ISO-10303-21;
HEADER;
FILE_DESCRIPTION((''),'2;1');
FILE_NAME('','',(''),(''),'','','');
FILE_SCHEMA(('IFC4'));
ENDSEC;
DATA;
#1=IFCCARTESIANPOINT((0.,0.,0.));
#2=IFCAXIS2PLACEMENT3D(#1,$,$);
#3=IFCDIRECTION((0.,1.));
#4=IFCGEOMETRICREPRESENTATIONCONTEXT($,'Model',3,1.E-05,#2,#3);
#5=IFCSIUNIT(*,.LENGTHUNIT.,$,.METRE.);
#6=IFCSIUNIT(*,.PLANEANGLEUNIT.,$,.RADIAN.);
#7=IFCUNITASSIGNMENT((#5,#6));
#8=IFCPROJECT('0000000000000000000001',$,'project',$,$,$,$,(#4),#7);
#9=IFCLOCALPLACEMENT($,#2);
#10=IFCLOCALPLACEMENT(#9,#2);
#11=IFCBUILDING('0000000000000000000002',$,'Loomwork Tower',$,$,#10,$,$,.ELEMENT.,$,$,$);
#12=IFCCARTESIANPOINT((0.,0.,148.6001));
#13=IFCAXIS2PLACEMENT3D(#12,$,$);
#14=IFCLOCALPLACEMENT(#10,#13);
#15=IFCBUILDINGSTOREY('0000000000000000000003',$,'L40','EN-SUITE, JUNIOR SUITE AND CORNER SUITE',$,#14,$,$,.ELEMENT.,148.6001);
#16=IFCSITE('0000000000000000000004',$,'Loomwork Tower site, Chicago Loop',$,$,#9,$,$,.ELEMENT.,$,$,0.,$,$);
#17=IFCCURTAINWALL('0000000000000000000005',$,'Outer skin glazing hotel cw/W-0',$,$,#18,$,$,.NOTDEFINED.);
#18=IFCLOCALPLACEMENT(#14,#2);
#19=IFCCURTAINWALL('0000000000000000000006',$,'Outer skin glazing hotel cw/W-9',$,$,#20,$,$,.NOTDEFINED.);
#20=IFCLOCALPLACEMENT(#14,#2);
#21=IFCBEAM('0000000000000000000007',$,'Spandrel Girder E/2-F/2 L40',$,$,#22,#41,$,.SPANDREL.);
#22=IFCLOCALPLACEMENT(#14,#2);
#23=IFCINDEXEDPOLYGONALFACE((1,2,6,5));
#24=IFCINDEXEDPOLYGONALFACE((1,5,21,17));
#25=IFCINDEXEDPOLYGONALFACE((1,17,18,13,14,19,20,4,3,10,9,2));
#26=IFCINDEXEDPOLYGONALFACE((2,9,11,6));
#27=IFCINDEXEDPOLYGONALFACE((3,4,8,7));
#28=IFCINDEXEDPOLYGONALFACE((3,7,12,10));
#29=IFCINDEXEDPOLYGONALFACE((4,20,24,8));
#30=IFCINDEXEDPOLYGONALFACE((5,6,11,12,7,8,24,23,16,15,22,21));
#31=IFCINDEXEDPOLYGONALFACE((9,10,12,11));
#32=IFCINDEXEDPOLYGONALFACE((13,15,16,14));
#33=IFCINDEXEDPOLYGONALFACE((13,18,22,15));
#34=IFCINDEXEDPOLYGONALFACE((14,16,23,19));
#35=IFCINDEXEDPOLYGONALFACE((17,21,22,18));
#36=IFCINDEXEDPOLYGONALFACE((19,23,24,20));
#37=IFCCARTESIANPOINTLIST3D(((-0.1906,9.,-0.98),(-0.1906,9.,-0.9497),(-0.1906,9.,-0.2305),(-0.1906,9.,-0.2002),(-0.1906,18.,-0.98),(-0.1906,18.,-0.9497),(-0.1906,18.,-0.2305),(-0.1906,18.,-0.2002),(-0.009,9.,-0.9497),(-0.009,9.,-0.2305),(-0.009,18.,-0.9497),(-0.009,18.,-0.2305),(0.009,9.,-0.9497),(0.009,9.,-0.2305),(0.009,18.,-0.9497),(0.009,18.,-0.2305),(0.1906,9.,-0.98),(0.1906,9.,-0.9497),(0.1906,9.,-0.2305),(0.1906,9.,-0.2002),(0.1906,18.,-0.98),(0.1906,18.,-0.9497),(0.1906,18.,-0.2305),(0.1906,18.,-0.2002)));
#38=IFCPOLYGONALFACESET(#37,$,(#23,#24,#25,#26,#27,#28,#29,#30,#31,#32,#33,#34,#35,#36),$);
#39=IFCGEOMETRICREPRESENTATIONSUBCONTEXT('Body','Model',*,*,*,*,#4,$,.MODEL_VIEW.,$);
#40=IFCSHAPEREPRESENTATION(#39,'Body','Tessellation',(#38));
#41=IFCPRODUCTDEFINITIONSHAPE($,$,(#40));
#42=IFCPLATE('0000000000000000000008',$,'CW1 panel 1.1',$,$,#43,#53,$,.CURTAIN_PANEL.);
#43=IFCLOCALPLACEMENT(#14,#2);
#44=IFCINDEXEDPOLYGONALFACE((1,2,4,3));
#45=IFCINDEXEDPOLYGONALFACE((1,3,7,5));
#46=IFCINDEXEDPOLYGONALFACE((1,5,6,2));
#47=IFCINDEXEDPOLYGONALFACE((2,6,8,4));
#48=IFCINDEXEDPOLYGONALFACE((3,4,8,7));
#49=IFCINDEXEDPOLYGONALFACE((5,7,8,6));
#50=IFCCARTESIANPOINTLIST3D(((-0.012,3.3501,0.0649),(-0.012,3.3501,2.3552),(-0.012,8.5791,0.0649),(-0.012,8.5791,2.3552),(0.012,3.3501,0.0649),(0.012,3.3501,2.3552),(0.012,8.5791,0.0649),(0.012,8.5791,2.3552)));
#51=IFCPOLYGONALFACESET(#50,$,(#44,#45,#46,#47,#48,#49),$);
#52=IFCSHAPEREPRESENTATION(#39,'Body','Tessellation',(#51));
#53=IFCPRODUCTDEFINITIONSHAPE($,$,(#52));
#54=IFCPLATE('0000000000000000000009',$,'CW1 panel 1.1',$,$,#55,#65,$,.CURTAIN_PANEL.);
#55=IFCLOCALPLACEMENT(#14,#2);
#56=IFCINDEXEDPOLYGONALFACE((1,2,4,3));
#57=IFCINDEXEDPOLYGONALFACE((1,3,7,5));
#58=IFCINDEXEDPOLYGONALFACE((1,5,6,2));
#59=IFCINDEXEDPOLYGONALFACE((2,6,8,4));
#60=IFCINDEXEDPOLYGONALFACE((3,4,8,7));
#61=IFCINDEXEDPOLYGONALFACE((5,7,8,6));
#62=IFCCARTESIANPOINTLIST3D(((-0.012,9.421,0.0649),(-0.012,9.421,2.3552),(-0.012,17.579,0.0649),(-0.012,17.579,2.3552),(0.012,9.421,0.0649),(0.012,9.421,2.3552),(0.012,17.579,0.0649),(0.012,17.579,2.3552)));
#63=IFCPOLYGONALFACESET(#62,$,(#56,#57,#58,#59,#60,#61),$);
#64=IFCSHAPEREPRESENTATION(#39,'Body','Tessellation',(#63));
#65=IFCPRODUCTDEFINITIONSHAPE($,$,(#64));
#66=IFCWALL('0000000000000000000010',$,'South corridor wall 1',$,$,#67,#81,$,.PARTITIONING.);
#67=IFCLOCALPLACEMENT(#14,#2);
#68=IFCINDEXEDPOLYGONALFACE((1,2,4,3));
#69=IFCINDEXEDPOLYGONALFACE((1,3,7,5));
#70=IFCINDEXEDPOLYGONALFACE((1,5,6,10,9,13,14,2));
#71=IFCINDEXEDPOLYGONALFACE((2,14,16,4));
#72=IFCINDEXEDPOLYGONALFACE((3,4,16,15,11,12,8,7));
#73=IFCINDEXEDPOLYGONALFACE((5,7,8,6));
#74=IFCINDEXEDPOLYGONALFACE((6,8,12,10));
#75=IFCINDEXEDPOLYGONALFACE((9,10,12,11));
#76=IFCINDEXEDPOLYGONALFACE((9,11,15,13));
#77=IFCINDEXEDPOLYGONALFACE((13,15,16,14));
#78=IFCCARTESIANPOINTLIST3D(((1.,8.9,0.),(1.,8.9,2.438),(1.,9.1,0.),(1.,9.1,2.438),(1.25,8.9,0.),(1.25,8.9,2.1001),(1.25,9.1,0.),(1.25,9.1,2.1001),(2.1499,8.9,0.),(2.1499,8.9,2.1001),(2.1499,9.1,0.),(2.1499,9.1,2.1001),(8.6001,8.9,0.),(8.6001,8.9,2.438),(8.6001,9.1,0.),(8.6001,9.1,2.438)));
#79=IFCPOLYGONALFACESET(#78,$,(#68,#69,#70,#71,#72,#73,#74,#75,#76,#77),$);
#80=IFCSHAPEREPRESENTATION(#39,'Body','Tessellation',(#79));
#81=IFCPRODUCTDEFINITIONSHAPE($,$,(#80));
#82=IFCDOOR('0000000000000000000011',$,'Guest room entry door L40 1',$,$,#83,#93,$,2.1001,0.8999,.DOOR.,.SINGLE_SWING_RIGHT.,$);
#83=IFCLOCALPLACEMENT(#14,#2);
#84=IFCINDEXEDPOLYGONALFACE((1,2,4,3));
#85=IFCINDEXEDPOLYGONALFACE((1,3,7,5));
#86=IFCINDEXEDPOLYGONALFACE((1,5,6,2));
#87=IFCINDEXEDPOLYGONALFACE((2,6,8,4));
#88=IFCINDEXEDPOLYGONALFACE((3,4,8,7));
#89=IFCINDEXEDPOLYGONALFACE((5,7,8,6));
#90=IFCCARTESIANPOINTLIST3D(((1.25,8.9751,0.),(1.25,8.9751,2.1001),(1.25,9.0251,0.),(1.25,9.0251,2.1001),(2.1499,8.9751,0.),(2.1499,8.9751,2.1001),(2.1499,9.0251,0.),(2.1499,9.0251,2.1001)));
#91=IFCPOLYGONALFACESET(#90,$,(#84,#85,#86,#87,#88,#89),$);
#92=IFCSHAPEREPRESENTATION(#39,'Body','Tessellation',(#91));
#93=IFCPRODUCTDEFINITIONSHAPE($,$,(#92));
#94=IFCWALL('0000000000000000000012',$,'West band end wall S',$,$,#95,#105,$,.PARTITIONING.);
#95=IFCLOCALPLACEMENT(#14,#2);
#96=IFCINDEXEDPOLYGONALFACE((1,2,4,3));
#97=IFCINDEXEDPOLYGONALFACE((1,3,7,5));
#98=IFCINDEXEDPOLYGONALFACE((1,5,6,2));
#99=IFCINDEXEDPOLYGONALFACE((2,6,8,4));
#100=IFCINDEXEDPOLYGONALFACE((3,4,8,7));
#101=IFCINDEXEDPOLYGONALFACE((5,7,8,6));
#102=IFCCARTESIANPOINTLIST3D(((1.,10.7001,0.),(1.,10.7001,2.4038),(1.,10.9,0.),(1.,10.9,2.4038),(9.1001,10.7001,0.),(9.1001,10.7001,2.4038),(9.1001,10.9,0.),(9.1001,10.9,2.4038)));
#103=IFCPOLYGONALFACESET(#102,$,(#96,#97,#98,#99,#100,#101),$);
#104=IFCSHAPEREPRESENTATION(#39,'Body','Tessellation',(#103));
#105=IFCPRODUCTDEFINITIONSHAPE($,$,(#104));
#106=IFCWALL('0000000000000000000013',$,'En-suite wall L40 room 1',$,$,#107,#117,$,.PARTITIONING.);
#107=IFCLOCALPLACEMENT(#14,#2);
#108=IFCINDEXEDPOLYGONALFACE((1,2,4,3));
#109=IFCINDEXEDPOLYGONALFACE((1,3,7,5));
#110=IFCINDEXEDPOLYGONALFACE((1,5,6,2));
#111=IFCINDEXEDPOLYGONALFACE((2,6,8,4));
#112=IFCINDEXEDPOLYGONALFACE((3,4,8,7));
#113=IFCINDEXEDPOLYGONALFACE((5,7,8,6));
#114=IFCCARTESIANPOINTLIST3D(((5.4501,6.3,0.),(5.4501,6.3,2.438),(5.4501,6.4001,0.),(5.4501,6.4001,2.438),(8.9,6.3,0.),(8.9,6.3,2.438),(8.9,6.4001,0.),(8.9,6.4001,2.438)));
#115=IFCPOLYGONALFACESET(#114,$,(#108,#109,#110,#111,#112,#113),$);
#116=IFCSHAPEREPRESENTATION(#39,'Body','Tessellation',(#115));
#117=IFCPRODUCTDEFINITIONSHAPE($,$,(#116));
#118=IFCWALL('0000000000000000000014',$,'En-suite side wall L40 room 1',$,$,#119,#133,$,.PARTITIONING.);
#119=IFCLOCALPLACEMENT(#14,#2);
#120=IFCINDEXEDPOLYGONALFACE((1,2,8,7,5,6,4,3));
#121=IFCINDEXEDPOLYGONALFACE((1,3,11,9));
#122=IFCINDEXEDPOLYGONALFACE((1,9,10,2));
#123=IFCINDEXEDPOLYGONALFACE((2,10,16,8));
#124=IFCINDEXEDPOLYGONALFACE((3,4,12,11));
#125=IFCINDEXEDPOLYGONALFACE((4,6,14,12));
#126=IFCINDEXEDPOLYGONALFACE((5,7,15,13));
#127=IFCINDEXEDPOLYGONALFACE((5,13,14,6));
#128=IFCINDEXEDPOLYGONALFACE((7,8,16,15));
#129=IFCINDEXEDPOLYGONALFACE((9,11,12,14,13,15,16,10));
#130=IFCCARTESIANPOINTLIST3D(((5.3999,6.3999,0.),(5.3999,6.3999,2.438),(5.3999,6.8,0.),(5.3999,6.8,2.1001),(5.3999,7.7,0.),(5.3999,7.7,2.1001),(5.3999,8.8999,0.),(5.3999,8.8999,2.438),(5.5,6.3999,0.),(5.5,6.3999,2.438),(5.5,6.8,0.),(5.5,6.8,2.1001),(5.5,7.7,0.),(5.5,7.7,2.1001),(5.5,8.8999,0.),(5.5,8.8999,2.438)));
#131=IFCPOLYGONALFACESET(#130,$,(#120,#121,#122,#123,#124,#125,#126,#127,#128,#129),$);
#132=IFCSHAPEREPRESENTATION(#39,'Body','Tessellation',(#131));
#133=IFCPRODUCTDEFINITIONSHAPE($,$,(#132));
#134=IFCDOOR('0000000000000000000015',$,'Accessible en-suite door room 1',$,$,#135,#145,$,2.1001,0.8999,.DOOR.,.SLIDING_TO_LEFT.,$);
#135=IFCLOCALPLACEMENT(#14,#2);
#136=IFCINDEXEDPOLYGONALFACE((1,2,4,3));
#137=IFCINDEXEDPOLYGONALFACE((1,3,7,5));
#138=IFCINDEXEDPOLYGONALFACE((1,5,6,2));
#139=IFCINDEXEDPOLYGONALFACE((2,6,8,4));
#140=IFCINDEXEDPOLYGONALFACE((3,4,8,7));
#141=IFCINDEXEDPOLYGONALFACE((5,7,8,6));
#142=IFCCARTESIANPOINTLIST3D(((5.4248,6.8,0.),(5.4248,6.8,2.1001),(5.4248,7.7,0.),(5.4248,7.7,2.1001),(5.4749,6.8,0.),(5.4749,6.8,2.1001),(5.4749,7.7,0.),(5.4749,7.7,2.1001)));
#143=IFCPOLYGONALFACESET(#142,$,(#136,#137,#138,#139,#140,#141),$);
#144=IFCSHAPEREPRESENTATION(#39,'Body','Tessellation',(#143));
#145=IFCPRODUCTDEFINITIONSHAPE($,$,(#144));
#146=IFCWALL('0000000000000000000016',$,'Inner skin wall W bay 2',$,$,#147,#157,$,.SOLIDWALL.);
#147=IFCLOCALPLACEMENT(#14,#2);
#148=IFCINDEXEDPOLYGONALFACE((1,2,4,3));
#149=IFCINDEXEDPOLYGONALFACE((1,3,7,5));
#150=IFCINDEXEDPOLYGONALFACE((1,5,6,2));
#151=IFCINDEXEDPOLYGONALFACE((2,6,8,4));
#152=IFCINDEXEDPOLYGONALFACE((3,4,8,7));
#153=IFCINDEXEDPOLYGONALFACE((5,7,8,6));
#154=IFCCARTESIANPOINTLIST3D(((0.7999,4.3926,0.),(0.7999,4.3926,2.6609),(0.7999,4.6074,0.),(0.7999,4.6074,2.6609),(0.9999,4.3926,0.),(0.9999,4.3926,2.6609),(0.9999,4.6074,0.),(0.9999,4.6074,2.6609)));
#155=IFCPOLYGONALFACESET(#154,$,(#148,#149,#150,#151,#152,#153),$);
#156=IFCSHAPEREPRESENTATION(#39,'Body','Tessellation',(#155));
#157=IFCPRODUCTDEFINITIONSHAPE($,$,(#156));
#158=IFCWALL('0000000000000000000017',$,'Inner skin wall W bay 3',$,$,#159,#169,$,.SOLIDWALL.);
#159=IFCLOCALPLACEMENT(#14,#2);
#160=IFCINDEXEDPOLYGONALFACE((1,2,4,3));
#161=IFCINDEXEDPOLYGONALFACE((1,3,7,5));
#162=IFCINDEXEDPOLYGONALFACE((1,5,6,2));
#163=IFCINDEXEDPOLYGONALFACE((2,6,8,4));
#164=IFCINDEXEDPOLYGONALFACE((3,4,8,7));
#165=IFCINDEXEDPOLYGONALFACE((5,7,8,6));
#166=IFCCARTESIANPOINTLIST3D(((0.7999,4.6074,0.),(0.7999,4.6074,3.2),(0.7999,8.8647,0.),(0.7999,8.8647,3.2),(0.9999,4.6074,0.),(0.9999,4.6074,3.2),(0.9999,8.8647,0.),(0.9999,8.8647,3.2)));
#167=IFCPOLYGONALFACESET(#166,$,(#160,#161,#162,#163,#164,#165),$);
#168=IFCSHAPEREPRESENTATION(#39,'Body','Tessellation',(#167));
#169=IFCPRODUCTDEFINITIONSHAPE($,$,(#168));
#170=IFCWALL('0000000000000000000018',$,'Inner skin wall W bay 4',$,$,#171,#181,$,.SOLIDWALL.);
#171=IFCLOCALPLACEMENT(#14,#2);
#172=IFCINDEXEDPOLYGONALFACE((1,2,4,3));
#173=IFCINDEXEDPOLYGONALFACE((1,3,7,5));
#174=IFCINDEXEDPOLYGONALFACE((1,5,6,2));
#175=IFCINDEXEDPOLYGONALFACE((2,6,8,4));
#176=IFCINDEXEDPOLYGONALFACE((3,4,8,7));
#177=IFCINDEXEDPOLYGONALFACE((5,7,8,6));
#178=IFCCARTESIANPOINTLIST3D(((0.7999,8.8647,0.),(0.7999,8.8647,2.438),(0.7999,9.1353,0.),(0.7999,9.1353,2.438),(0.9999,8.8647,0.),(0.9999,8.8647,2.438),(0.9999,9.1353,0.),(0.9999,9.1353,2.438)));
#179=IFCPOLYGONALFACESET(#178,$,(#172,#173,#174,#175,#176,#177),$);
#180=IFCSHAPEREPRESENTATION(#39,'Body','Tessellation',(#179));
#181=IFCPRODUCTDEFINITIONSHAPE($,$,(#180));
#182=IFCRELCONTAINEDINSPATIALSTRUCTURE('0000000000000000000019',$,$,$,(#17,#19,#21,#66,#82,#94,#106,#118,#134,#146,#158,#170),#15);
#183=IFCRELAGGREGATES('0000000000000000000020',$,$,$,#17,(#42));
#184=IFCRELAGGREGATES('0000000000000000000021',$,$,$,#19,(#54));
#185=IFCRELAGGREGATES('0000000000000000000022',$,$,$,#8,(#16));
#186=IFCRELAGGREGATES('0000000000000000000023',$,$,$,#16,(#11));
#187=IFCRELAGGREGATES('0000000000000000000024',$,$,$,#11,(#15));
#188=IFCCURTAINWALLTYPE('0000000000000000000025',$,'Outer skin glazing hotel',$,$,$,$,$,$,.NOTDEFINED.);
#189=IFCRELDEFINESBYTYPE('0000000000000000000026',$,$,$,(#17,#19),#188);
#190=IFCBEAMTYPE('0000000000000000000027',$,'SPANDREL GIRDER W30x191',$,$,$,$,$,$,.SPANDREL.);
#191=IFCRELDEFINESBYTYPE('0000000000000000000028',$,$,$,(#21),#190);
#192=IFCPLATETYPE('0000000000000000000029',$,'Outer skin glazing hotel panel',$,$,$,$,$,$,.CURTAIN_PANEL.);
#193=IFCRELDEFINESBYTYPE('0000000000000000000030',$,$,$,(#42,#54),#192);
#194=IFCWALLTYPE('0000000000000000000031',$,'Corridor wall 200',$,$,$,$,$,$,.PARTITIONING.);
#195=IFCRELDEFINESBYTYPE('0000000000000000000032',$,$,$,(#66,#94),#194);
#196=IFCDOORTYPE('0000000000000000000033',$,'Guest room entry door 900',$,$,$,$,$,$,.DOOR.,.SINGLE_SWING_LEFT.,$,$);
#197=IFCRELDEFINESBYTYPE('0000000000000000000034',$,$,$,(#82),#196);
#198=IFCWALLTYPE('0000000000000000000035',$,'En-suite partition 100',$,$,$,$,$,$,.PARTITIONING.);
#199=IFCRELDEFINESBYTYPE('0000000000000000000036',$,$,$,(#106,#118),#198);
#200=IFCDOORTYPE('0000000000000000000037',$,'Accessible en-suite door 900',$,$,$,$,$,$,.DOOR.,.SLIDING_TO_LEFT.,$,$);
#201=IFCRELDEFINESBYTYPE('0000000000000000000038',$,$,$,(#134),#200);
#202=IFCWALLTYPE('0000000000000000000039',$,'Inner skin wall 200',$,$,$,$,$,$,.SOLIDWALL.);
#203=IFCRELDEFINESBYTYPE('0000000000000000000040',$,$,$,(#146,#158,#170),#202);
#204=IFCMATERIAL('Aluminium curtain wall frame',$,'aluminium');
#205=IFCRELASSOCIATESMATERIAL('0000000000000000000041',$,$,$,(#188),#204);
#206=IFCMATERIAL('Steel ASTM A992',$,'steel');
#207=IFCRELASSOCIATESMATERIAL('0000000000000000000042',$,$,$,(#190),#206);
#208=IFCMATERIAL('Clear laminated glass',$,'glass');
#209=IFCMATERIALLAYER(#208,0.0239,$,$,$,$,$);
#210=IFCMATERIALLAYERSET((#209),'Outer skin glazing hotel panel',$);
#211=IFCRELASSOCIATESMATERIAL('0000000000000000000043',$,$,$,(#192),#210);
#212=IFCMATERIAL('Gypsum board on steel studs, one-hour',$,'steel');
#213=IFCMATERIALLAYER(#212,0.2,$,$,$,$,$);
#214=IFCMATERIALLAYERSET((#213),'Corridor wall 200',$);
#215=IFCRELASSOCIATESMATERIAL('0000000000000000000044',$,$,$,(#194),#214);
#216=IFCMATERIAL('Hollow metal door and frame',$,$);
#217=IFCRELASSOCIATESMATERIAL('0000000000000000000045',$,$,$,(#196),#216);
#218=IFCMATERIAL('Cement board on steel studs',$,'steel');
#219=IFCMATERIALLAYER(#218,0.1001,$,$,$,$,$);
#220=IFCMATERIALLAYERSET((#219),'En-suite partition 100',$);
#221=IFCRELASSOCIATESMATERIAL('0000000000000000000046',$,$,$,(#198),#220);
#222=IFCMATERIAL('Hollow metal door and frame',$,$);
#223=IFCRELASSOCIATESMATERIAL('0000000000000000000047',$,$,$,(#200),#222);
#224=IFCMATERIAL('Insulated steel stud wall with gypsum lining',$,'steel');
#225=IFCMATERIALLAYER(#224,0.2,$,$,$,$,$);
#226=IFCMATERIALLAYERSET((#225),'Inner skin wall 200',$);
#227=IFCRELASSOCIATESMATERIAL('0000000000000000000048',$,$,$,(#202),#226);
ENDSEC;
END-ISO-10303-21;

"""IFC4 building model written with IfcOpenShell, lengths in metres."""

from ifc_helpers import new_model, si_unit, direction, frame, frame_2d, origin, origin_2d, place, context, subcontext, project, spatial, rectangle, i_section, extrude, material, layer, layer_set, material_profile, profile_set, type_object, element, fill, aggregate, save


model = new_model("IFC4")

# Units and contexts
model_context = context("Model", 3, precision=1e-05, world=origin(), true_north=direction((0.0, 1.0)))
body_context = subcontext(model_context, "Body", "Model", "MODEL_VIEW")
ifc_project = project(units=[si_unit("LENGTHUNIT", "METRE"), si_unit("PLANEANGLEUNIT", "RADIAN")], contexts=[model_context])

# Site, building, storey
site_placement = place(None, origin())
site = spatial("IfcSite", under=ifc_project, at=site_placement, Name="Loomwork Tower site, Chicago Loop", CompositionType="ELEMENT", RefElevation=0.0)
building_placement = place(site_placement, origin())
building = spatial("IfcBuilding", under=site, at=building_placement, Name="Loomwork Tower", CompositionType="ELEMENT")
storey_placement = place(building_placement, frame((0.0, 0.0, 148.6001)))
storey = spatial("IfcBuildingStorey", under=building, at=storey_placement, Name="L40", Description="EN-SUITE, JUNIOR SUITE AND CORNER SUITE", CompositionType="ELEMENT", Elevation=148.6001)

# Curtain wall
ifc_material_1 = material(Name="Aluminium curtain wall frame", Category="aluminium")
curtain_wall_type = type_object("IfcCurtainWallType", Name="Outer skin glazing hotel", PredefinedType="NOTDEFINED", material=ifc_material_1)
curtain_wall_1_placement = place(storey_placement, origin())
curtain_wall_1 = element("IfcCurtainWall", 1, at=curtain_wall_1_placement, inside=storey, type_object=curtain_wall_type, Name="Outer skin glazing hotel cw/W-0", PredefinedType="NOTDEFINED")

# Curtain wall
curtain_wall_2_placement = place(storey_placement, origin())
curtain_wall_2 = element("IfcCurtainWall", 2, at=curtain_wall_2_placement, inside=storey, type_object=curtain_wall_type, Name="Outer skin glazing hotel cw/W-9", PredefinedType="NOTDEFINED")

# Beam
ifc_material_2 = material(Name="Steel ASTM A992", Category="steel")
ifc_material_profile_1 = material_profile(ifc_material_2, i_section(OverallWidth=0.3811, OverallDepth=0.7798, WebThickness=0.0181, FlangeThickness=0.0303, at=origin_2d()), Name="W30x191")
ifc_profile_set_1 = profile_set([ifc_material_profile_1], Name="Steel ASTM A992")
beam_type_1 = type_object("IfcBeamType", Name="SPANDREL GIRDER W30x191", PredefinedType="SPANDREL", material=ifc_profile_set_1)
beam_1_placement = place(storey_placement, frame((0.0, 9.0, -0.5901), z_axis=(0.0, 1.0, 0.0), x_axis=(-1.0, 0.0, 0.0)))
element("IfcBeam", 3, at=beam_1_placement, inside=storey, type_object=beam_type_1, Name="Spandrel Girder E/2-F/2 L40", PredefinedType="SPANDREL", context=body_context, shape_type="SweptSolid", body=[
    extrude(i_section(OverallWidth=0.3811, OverallDepth=0.7798, WebThickness=0.0181, FlangeThickness=0.0303, at=origin_2d()), origin(), (0.0, 0.0, 1.0), 9.0),
])

# Plates
ifc_material_3 = material(Name="Clear laminated glass", Category="glass")
ifc_layer_1 = layer(ifc_material_3, 0.0239)
ifc_layer_set_1 = layer_set([ifc_layer_1], Name="Outer skin glazing hotel panel")
plate_type = type_object("IfcPlateType", Name="Outer skin glazing hotel panel", PredefinedType="CURTAIN_PANEL", material=ifc_layer_set_1)
plate_1_placement = place(storey_placement, frame((0.0, 5.9646, 0.0649), z_axis=(0.0, 0.0, 1.0), x_axis=(0.0, -1.0, 0.0)))
plate_1 = element("IfcPlate", 4, at=plate_1_placement, type_object=plate_type, Name="CW1 panel 1.1", PredefinedType="CURTAIN_PANEL", context=body_context, shape_type="SweptSolid", body=[
    extrude(rectangle(XDim=5.229, YDim=0.0239, at=origin_2d()), origin(), (0.0, 0.0, 1.0), 2.2903),
])
aggregate(curtain_wall_1, [plate_1])
plate_2_placement = place(storey_placement, frame((0.0, 13.5, 0.0649), z_axis=(0.0, 0.0, 1.0), x_axis=(0.0, -1.0, 0.0)))
plate_2 = element("IfcPlate", 5, at=plate_2_placement, type_object=plate_type, Name="CW1 panel 1.1", PredefinedType="CURTAIN_PANEL", context=body_context, shape_type="SweptSolid", body=[
    extrude(rectangle(XDim=8.158, YDim=0.0239, at=origin_2d()), origin(), (0.0, 0.0, 1.0), 2.2903),
])
aggregate(curtain_wall_2, [plate_2])

# Wall, opening, door
ifc_material_4 = material(Name="Gypsum board on steel studs, one-hour", Category="steel")
ifc_layer_2 = layer(ifc_material_4, 0.2)
ifc_layer_set_2 = layer_set([ifc_layer_2], Name="Corridor wall 200")
wall_type_1 = type_object("IfcWallType", Name="Corridor wall 200", PredefinedType="PARTITIONING", material=ifc_layer_set_2)
wall_1_placement = place(storey_placement, frame((1.0, 9.0, 0.0), z_axis=(0.0, 0.0, 1.0), x_axis=(1.0, 0.0, 0.0)))
wall_1 = element("IfcWall", 6, at=wall_1_placement, inside=storey, type_object=wall_type_1, Name="South corridor wall 1", PredefinedType="PARTITIONING", context=body_context, shape_type="SweptSolid", body=[
    extrude(rectangle(XDim=7.6001, YDim=0.2, at=frame_2d((3.8, 0.0))), origin(), (0.0, 0.0, 1.0), 2.438),
])
opening_1_placement = place(wall_1_placement, frame((0.25, 0.0, 0.0)))
opening_1 = element("IfcOpeningElement", 7, at=opening_1_placement, cuts=wall_1, PredefinedType="OPENING", context=body_context, shape_type="SweptSolid", body=[
    extrude(rectangle(XDim=0.8999, YDim=2.1001, at=frame_2d((0.45, 1.05))), frame((0.0, 0.1099, 0.0), z_axis=(0.0, -1.0, 0.0), x_axis=(1.0, 0.0, 0.0)), (0.0, 0.0, 1.0), 0.22),
])
ifc_material_5 = material(Name="Hollow metal door and frame")
door_type_1 = type_object("IfcDoorType", Name="Guest room entry door 900", OperationType="SINGLE_SWING_LEFT", PredefinedType="DOOR", material=ifc_material_5)
door_1_placement = place(opening_1_placement, frame((0.8999, 0.0, 0.0), z_axis=(0.0, 0.0, 1.0), x_axis=(-1.0, 0.0, 0.0)))
door_1 = element("IfcDoor", 8, at=door_1_placement, inside=storey, type_object=door_type_1, Name="Guest room entry door L40 1", OperationType="SINGLE_SWING_RIGHT", OverallHeight=2.1001, OverallWidth=0.8999, PredefinedType="DOOR", context=body_context, shape_type="SweptSolid", body=[
    extrude(rectangle(XDim=0.8999, YDim=2.1001, at=frame_2d((0.45, 1.05))), frame((0.0, 0.0249, 0.0), z_axis=(0.0, -1.0, 0.0), x_axis=(1.0, 0.0, 0.0)), (0.0, 0.0, 1.0), 0.05),
])
fill(opening_1, door_1)

# Walls
wall_2_placement = place(storey_placement, frame((1.0, 10.8, 0.0), z_axis=(0.0, 0.0, 1.0), x_axis=(1.0, 0.0, 0.0)))
element("IfcWall", 9, at=wall_2_placement, inside=storey, type_object=wall_type_1, Name="West band end wall S", PredefinedType="PARTITIONING", context=body_context, shape_type="SweptSolid", body=[
    extrude(rectangle(XDim=8.1001, YDim=0.2, at=frame_2d((4.05, 0.0))), origin(), (0.0, 0.0, 1.0), 2.4038),
])
ifc_material_6 = material(Name="Cement board on steel studs", Category="steel")
ifc_layer_3 = layer(ifc_material_6, 0.1001)
ifc_layer_set_3 = layer_set([ifc_layer_3], Name="En-suite partition 100")
wall_type_2 = type_object("IfcWallType", Name="En-suite partition 100", PredefinedType="PARTITIONING", material=ifc_layer_set_3)
wall_3_placement = place(storey_placement, frame((5.45, 6.3501, 0.0), z_axis=(0.0, 0.0, 1.0), x_axis=(1.0, 0.0, 0.0)))
element("IfcWall", 10, at=wall_3_placement, inside=storey, type_object=wall_type_2, Name="En-suite wall L40 room 1", PredefinedType="PARTITIONING", context=body_context, shape_type="SweptSolid", body=[
    extrude(rectangle(XDim=3.45, YDim=0.1001, at=frame_2d((1.7251, 0.0))), origin(), (0.0, 0.0, 1.0), 2.438),
])

# Wall, opening, door
wall_4_placement = place(storey_placement, frame((5.45, 8.8999, 0.0), z_axis=(0.0, 0.0, 1.0), x_axis=(0.0, -1.0, 0.0)))
wall_4 = element("IfcWall", 11, at=wall_4_placement, inside=storey, type_object=wall_type_2, Name="En-suite side wall L40 room 1", PredefinedType="PARTITIONING", context=body_context, shape_type="SweptSolid", body=[
    extrude(rectangle(XDim=2.5, YDim=0.1001, at=frame_2d((1.25, 0.0))), origin(), (0.0, 0.0, 1.0), 2.438),
])
opening_2_placement = place(wall_4_placement, frame((1.2, 0.0, 0.0)))
opening_2 = element("IfcOpeningElement", 12, at=opening_2_placement, cuts=wall_4, PredefinedType="OPENING", context=body_context, shape_type="SweptSolid", body=[
    extrude(rectangle(XDim=0.8999, YDim=2.1001, at=frame_2d((0.45, 1.05))), frame((0.0, 0.0601, 0.0), z_axis=(0.0, -1.0, 0.0), x_axis=(1.0, 0.0, 0.0)), (0.0, 0.0, 1.0), 0.1201),
])
ifc_material_7 = material(Name="Hollow metal door and frame")
door_type_2 = type_object("IfcDoorType", Name="Accessible en-suite door 900", OperationType="SLIDING_TO_LEFT", PredefinedType="DOOR", material=ifc_material_7)
door_2_placement = place(opening_2_placement, origin())
door_2 = element("IfcDoor", 13, at=door_2_placement, inside=storey, type_object=door_type_2, Name="Accessible en-suite door room 1", OperationType="SLIDING_TO_LEFT", OverallHeight=2.1001, OverallWidth=0.8999, PredefinedType="DOOR", context=body_context, shape_type="SweptSolid", body=[
    extrude(rectangle(XDim=0.8999, YDim=2.1001, at=frame_2d((0.45, 1.05))), frame((0.0, 0.0249, 0.0), z_axis=(0.0, -1.0, 0.0), x_axis=(1.0, 0.0, 0.0)), (0.0, 0.0, 1.0), 0.05),
])
fill(opening_2, door_2)

# Walls
ifc_material_8 = material(Name="Insulated steel stud wall with gypsum lining", Category="steel")
ifc_layer_4 = layer(ifc_material_8, 0.2)
ifc_layer_set_4 = layer_set([ifc_layer_4], Name="Inner skin wall 200")
wall_type_3 = type_object("IfcWallType", Name="Inner skin wall 200", PredefinedType="SOLIDWALL", material=ifc_layer_set_4)
wall_5_placement = place(storey_placement, frame((0.8999, 4.3926, 0.0), z_axis=(0.0, 0.0, 1.0), x_axis=(0.0, 1.0, 0.0)))
element("IfcWall", 14, at=wall_5_placement, inside=storey, type_object=wall_type_3, Name="Inner skin wall W bay 2", PredefinedType="SOLIDWALL", context=body_context, shape_type="SweptSolid", body=[
    extrude(rectangle(XDim=0.2148, YDim=0.2, at=frame_2d((0.1074, 0.0))), origin(), (0.0, 0.0, 1.0), 2.6609),
])
wall_6_placement = place(storey_placement, frame((0.8999, 4.6074, 0.0), z_axis=(0.0, 0.0, 1.0), x_axis=(0.0, 1.0, 0.0)))
element("IfcWall", 15, at=wall_6_placement, inside=storey, type_object=wall_type_3, Name="Inner skin wall W bay 3", PredefinedType="SOLIDWALL", context=body_context, shape_type="SweptSolid", body=[
    extrude(rectangle(XDim=4.2573, YDim=0.2, at=frame_2d((2.1287, 0.0))), origin(), (0.0, 0.0, 1.0), 3.2),
])
wall_7_placement = place(storey_placement, frame((0.8999, 8.8647, 0.0), z_axis=(0.0, 0.0, 1.0), x_axis=(0.0, 1.0, 0.0)))
element("IfcWall", 16, at=wall_7_placement, inside=storey, type_object=wall_type_3, Name="Inner skin wall W bay 4", PredefinedType="SOLIDWALL", context=body_context, shape_type="SweptSolid", body=[
    extrude(rectangle(XDim=0.2705, YDim=0.2, at=frame_2d((0.1353, 0.0))), origin(), (0.0, 0.0, 1.0), 2.438),
])

save(model, "model.ifc")
